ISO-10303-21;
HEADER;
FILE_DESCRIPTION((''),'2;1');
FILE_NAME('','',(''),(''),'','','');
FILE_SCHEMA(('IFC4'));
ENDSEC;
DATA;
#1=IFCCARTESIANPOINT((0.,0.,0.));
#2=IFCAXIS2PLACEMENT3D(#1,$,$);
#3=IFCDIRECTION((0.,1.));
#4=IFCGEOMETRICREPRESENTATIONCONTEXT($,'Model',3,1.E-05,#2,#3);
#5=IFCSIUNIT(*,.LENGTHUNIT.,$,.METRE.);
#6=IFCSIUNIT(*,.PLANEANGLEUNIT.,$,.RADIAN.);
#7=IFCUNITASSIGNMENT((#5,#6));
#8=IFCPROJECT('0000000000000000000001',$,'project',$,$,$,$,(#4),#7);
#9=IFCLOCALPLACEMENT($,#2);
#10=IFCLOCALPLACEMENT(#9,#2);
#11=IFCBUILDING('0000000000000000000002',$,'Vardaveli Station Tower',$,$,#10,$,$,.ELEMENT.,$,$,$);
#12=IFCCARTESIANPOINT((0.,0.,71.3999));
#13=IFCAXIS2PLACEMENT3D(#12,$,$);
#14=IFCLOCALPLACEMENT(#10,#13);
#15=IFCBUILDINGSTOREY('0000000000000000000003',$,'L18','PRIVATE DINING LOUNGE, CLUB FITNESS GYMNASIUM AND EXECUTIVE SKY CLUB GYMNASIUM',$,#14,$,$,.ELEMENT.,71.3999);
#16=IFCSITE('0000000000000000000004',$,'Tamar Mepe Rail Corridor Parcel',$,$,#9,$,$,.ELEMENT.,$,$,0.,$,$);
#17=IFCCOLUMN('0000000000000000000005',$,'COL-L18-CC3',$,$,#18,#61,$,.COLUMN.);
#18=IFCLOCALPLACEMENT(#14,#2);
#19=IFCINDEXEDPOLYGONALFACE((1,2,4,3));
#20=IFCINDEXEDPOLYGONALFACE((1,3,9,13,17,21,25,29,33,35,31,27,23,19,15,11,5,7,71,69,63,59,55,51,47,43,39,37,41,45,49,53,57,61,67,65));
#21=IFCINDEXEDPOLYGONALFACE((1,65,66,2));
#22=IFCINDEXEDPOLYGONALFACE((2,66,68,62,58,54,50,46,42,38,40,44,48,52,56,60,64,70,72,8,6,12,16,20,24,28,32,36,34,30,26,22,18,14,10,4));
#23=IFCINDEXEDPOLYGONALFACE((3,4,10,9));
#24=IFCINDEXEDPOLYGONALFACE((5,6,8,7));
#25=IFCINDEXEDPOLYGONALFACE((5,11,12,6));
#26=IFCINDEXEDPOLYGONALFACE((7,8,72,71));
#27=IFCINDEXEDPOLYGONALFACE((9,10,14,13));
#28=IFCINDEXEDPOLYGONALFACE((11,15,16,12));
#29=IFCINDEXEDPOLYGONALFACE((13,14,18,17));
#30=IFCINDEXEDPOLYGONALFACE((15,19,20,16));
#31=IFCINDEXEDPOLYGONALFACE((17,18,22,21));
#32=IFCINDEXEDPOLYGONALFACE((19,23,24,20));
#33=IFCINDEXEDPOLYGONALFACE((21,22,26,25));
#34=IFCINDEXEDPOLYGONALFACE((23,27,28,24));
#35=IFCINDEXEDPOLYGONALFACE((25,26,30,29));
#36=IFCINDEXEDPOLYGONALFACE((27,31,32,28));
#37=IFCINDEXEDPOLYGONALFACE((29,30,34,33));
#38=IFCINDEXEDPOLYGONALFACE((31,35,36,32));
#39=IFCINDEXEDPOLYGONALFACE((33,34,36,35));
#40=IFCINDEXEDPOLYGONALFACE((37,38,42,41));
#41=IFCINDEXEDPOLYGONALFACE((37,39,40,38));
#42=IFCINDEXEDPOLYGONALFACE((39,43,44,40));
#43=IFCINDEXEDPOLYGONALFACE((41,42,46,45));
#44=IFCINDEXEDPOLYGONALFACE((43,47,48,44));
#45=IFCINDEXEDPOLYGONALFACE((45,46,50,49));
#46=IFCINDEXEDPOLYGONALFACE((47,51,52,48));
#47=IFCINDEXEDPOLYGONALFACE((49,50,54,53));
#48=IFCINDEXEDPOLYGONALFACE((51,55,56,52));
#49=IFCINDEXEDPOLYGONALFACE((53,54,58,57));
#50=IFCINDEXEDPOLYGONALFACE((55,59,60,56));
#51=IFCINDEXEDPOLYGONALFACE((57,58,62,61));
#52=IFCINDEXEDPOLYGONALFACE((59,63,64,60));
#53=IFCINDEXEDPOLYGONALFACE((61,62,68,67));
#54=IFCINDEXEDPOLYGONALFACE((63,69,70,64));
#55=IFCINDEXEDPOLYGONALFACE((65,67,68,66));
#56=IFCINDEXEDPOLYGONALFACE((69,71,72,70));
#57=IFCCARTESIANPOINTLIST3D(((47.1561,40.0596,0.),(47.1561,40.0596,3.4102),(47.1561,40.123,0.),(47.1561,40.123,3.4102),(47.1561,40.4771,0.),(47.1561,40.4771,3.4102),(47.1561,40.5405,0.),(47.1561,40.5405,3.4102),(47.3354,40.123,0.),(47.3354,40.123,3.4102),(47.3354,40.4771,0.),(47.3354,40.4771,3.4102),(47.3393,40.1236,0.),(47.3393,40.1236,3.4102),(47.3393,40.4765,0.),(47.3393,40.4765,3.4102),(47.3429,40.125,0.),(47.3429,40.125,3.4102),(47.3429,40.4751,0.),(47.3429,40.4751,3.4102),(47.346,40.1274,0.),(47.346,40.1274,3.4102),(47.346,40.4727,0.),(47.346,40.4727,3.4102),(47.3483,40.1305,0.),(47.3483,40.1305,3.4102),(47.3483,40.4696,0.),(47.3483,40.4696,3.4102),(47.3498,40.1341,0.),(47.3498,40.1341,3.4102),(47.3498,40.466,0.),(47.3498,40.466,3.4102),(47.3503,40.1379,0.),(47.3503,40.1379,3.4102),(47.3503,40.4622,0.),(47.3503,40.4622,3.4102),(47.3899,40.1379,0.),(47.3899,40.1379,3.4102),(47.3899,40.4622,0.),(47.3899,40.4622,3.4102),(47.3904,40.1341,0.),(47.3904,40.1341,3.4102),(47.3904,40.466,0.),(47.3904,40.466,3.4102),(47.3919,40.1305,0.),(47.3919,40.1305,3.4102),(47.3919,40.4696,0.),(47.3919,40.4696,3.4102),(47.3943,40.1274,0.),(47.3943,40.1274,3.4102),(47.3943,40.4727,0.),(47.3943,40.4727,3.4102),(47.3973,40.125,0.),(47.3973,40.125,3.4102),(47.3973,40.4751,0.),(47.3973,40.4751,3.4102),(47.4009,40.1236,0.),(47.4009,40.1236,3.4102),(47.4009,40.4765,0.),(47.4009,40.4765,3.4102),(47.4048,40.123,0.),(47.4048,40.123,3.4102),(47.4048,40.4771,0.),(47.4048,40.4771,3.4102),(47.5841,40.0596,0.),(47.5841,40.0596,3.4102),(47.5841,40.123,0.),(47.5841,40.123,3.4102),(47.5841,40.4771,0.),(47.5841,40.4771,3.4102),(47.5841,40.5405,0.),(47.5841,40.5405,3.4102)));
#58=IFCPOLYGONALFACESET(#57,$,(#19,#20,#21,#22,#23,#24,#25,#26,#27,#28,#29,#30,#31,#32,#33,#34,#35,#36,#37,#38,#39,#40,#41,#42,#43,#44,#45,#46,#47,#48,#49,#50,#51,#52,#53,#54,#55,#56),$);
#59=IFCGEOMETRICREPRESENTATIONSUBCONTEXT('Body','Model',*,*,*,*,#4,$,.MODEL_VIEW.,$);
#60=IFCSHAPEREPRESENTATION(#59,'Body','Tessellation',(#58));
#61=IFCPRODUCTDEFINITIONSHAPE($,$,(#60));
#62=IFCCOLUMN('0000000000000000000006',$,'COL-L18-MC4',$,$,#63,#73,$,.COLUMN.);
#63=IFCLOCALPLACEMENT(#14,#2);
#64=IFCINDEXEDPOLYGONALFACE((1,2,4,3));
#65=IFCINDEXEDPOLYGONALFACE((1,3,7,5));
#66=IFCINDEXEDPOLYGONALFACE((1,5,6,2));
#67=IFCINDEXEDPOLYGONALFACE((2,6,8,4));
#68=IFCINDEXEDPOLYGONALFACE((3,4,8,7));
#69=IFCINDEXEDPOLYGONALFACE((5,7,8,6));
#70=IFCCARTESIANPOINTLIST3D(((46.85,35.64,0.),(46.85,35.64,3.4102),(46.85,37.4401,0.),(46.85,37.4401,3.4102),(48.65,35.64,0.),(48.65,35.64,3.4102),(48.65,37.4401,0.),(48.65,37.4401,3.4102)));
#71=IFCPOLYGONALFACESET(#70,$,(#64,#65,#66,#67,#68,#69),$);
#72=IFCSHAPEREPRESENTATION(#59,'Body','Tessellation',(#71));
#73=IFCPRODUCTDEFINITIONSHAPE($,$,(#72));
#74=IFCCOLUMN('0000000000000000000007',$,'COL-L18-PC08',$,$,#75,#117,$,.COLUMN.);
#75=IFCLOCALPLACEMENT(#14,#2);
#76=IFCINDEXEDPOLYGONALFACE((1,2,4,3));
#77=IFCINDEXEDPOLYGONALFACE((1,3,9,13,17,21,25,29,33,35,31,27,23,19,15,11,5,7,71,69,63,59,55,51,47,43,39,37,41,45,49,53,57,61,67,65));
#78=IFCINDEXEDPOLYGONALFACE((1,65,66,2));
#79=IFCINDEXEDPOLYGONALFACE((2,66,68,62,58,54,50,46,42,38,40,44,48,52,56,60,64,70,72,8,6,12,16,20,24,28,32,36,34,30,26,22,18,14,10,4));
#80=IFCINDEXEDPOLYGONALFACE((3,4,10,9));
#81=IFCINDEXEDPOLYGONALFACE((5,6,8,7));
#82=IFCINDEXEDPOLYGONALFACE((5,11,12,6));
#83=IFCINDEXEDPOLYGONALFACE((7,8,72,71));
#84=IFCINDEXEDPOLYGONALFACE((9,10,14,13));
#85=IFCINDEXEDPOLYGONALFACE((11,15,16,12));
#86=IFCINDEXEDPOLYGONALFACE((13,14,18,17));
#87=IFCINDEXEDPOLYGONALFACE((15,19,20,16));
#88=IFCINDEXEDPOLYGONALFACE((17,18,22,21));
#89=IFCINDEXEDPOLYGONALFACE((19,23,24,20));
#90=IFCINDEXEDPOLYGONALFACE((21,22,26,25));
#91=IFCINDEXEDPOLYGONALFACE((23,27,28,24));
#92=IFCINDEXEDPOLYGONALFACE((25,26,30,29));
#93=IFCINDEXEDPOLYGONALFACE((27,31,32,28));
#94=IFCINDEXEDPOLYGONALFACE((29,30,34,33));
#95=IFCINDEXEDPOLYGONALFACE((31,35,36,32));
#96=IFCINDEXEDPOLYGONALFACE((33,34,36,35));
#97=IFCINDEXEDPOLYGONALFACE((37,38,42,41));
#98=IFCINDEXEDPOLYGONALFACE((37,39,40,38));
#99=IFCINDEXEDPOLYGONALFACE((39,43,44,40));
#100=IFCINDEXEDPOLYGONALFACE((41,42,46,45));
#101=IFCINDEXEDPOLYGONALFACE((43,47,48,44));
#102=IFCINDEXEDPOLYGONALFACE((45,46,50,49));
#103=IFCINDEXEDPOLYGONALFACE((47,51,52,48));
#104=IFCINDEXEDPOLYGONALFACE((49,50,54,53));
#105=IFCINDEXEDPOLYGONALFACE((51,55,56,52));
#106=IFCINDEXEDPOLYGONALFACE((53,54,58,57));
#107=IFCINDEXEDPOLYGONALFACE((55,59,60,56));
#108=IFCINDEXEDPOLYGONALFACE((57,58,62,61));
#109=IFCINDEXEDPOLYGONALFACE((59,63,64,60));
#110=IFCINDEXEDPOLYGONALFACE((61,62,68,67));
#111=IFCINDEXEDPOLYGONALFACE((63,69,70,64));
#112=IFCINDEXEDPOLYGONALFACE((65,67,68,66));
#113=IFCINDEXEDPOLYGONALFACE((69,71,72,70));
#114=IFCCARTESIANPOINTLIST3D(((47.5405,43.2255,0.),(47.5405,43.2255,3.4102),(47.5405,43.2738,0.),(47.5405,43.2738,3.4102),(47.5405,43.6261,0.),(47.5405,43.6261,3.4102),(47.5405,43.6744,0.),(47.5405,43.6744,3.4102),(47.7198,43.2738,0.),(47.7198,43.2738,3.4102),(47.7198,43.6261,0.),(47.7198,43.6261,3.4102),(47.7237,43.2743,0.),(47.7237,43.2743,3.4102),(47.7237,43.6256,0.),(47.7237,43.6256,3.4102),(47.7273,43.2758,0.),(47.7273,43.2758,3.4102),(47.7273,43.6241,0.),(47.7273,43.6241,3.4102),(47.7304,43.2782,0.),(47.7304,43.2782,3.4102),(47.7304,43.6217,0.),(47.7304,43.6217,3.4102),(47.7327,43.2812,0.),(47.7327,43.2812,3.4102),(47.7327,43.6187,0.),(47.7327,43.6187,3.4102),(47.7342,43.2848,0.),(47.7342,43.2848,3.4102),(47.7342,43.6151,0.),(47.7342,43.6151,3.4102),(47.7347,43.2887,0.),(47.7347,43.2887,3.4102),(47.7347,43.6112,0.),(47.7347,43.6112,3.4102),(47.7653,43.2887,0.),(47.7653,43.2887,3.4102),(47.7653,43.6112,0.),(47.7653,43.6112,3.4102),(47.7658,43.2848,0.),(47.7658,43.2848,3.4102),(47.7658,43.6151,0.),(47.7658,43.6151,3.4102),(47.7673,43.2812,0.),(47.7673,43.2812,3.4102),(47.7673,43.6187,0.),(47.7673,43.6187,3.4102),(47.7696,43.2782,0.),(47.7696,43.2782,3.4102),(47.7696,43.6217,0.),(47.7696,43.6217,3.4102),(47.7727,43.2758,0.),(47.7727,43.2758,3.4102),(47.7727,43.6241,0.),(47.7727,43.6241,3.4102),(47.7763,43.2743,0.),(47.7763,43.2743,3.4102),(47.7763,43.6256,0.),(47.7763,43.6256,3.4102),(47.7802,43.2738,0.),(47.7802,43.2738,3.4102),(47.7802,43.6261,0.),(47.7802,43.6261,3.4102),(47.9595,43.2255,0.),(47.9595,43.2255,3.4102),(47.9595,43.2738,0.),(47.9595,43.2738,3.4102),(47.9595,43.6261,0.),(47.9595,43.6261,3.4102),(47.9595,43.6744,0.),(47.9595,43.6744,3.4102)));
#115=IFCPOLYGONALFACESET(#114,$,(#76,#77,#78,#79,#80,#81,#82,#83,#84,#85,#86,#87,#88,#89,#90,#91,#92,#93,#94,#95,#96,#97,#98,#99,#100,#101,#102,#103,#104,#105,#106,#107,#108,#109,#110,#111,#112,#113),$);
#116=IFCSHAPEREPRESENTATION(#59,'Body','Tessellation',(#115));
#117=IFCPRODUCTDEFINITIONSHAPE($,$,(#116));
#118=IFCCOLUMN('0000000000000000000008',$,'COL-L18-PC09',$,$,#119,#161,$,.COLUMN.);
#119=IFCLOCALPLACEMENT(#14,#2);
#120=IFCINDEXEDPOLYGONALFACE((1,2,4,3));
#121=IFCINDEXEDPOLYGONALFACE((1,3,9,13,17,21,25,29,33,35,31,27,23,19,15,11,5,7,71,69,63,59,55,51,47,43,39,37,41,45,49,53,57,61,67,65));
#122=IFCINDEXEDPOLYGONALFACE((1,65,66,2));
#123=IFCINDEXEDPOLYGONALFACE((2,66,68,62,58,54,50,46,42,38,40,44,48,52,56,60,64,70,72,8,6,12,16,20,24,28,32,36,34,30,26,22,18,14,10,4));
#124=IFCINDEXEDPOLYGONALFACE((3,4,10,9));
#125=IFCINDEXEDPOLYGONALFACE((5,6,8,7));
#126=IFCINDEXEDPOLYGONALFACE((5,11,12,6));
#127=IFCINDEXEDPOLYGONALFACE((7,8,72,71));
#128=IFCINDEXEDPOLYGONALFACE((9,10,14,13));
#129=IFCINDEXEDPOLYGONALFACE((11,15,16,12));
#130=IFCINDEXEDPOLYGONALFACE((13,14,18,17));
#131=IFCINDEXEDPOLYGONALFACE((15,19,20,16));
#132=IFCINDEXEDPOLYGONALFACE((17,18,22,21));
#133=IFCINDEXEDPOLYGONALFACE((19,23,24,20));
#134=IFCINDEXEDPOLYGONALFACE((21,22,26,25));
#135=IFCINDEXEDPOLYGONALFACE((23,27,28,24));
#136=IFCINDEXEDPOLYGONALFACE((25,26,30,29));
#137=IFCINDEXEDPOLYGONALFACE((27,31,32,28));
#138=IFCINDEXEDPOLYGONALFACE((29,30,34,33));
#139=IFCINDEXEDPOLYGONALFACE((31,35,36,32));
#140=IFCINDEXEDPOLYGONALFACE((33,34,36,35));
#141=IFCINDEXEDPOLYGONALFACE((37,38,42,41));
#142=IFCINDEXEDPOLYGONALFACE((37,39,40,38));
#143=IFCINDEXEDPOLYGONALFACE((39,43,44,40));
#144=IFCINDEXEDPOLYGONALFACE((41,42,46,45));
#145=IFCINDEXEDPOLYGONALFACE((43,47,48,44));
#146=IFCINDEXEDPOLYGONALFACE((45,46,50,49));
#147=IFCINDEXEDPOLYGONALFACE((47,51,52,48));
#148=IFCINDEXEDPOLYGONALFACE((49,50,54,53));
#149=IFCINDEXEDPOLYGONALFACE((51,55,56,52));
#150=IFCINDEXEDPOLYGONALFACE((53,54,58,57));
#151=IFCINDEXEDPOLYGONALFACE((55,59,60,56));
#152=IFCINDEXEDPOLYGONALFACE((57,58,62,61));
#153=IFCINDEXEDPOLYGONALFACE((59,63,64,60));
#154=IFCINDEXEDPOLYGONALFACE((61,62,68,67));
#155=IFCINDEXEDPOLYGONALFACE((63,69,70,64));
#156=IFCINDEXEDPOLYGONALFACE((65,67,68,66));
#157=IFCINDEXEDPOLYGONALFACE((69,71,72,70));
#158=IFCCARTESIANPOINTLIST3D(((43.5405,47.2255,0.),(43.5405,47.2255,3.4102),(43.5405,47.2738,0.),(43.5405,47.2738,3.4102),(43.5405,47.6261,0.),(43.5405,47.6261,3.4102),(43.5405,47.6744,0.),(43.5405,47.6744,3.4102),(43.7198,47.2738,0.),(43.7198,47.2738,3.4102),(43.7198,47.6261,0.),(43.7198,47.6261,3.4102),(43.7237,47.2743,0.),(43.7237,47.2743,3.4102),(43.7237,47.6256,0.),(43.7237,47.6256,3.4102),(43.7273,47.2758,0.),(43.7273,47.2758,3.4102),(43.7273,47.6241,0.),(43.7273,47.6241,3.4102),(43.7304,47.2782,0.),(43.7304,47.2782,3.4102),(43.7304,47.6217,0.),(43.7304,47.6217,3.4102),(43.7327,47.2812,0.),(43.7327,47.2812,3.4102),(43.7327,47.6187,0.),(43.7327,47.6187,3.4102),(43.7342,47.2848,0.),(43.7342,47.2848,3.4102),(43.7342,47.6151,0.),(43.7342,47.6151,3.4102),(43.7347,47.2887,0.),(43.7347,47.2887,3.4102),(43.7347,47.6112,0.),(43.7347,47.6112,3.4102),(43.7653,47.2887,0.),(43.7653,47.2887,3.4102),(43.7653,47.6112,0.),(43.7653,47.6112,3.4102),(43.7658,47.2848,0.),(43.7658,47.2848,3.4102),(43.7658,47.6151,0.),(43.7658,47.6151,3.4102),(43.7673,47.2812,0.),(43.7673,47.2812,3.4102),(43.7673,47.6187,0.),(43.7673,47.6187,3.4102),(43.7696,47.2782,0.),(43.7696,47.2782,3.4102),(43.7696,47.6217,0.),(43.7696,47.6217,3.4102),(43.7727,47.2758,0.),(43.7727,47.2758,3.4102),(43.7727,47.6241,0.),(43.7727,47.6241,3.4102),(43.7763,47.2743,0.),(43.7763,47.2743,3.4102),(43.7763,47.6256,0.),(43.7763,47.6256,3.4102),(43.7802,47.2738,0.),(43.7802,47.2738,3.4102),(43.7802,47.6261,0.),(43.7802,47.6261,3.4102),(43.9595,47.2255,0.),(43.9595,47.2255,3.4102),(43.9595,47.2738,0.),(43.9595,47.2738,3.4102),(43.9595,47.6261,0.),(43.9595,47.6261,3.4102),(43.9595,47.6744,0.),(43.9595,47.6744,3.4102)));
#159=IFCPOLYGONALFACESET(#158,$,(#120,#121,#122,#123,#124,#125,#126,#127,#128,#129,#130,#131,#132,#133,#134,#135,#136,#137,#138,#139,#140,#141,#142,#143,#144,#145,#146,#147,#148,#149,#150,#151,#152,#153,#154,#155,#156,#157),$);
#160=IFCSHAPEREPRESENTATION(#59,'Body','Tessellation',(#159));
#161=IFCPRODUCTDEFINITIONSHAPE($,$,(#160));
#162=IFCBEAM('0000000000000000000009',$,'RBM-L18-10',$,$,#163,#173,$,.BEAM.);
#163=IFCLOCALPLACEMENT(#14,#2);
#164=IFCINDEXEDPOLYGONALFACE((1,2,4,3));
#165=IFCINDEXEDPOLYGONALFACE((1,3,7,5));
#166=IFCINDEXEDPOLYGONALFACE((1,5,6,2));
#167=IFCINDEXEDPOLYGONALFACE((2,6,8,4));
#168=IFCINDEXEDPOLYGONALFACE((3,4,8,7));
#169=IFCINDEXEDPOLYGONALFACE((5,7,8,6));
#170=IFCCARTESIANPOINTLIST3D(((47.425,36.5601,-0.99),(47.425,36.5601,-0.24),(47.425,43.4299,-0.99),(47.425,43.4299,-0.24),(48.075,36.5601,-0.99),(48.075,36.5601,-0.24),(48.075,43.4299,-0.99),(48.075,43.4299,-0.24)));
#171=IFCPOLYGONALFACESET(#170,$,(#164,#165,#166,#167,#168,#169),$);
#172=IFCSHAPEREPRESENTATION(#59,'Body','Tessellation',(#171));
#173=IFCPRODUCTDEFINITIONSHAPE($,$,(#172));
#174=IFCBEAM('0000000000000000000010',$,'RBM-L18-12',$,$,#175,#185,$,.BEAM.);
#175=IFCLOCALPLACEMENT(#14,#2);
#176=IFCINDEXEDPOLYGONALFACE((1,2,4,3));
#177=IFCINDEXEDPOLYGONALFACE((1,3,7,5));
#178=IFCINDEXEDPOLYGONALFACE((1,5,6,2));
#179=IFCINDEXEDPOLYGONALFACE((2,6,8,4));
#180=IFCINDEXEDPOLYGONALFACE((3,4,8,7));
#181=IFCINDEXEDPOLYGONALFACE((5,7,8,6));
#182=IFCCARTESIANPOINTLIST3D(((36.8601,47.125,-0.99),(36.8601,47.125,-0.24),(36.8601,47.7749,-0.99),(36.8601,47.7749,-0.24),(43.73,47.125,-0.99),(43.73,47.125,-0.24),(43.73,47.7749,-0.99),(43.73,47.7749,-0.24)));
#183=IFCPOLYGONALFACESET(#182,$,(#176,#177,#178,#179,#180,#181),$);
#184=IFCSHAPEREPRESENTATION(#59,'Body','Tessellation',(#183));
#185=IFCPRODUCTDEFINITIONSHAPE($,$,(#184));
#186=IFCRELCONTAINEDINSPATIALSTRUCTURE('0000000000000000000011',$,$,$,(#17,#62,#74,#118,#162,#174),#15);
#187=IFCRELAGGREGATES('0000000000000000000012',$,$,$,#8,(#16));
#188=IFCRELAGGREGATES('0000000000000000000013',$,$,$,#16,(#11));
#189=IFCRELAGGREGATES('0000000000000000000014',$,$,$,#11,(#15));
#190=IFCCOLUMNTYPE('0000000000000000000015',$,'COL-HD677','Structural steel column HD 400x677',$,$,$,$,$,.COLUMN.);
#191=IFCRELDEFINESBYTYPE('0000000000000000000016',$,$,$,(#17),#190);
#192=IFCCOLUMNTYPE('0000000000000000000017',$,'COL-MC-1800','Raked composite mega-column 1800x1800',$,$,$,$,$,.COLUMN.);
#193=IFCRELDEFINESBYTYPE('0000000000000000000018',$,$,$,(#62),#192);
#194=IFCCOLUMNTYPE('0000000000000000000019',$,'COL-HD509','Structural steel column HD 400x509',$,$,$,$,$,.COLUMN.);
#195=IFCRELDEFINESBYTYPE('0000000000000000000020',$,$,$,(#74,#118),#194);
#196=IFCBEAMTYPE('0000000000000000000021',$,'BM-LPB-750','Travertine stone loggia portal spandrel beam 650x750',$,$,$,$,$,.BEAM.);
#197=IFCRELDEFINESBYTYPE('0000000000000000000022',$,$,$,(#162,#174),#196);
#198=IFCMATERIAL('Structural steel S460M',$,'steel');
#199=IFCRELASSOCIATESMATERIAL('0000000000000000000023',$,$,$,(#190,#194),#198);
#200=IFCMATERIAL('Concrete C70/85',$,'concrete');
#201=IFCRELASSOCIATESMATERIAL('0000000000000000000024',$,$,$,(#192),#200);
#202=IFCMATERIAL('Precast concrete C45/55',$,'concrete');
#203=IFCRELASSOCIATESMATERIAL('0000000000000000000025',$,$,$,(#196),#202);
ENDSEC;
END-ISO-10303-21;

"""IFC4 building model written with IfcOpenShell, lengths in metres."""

from ifc_helpers import new_model, si_unit, direction, frame, origin, origin_2d, place, context, subcontext, project, spatial, rectangle, i_section, extrude, source, transform, mapped, material, material_profile, profile_set, type_object, element, save


model = new_model("IFC4")

# Units and contexts
model_context = context("Model", 3, precision=1e-05, world=origin(), true_north=direction((0.0, 1.0)))
body_context = subcontext(model_context, "Body", "Model", "MODEL_VIEW")
ifc_project = project(units=[si_unit("LENGTHUNIT", "METRE"), si_unit("PLANEANGLEUNIT", "RADIAN")], contexts=[model_context])

# Site, building, storey
site_placement = place(None, origin())
site = spatial("IfcSite", under=ifc_project, at=site_placement, Name="Tamar Mepe Rail Corridor Parcel", CompositionType="ELEMENT", RefElevation=0.0)
building_placement = place(site_placement, origin())
building = spatial("IfcBuilding", under=site, at=building_placement, Name="Vardaveli Station Tower", CompositionType="ELEMENT")
storey_placement = place(building_placement, frame((0.0, 0.0, 71.3999)))
storey = spatial("IfcBuildingStorey", under=building, at=storey_placement, Name="L18", Description="PRIVATE DINING LOUNGE, CLUB FITNESS GYMNASIUM AND EXECUTIVE SKY CLUB GYMNASIUM", CompositionType="ELEMENT", Elevation=71.3999)

# Columns
ifc_material_1 = material(Name="Structural steel S460M", Category="steel")
ifc_material_profile_1 = material_profile(ifc_material_1, i_section(OverallWidth=0.428, OverallDepth=0.481, WebThickness=0.0396, FlangeThickness=0.0635, FilletRadius=0.0149, at=origin_2d()), Name="HD 400x677")
ifc_profile_set_1 = profile_set([ifc_material_profile_1], Name="Structural steel S460M")
column_type_1 = type_object("IfcColumnType", Name="COL-HD677", Description="Structural steel column HD 400x677", PredefinedType="COLUMN", material=ifc_profile_set_1)
shared_shape_1 = source(origin(), body_context, "Body", "SweptSolid", [
    extrude(i_section(OverallWidth=0.428, OverallDepth=0.481, WebThickness=0.0396, FlangeThickness=0.0635, FilletRadius=0.0149, at=origin_2d()), origin(), (0.0, 0.0, 1.0), 3.4102),
])
column_1_placement = place(storey_placement, frame((47.3701, 40.3, 0.0), z_axis=(0.0, 0.0, 1.0), x_axis=(1.0, 0.0, 0.0)))
element("IfcColumn", 1, at=column_1_placement, inside=storey, type_object=column_type_1, Name="COL-L18-CC3", PredefinedType="COLUMN", context=body_context, shape_type="MappedRepresentation", body=[
    mapped(shared_shape_1, transform((0.0, 0.0, 0.0), scale=1.0)),
])
ifc_material_2 = material(Name="Concrete C70/85", Category="concrete")
ifc_material_profile_2 = material_profile(ifc_material_2, rectangle(XDim=1.8, YDim=1.8, at=origin_2d()), Name="MC 1800x1800")
ifc_profile_set_2 = profile_set([ifc_material_profile_2], Name="Concrete C70/85")
column_type_2 = type_object("IfcColumnType", Name="COL-MC-1800", Description="Raked composite mega-column 1800x1800", PredefinedType="COLUMN", material=ifc_profile_set_2)
shared_shape_2 = source(origin(), body_context, "Body", "SweptSolid", [
    extrude(rectangle(XDim=1.8, YDim=1.8, at=origin_2d()), origin(), (0.0, 0.0, 1.0), 3.4102),
])
column_2_placement = place(storey_placement, frame((47.75, 36.54, 0.0), z_axis=(0.0, 0.0, 1.0), x_axis=(1.0, 0.0, 0.0)))
element("IfcColumn", 2, at=column_2_placement, inside=storey, type_object=column_type_2, Name="COL-L18-MC4", PredefinedType="COLUMN", context=body_context, shape_type="MappedRepresentation", body=[
    mapped(shared_shape_2, transform((0.0, 0.0, 0.0), scale=1.0)),
])
ifc_material_profile_3 = material_profile(ifc_material_1, i_section(OverallWidth=0.4189, OverallDepth=0.449, WebThickness=0.0305, FlangeThickness=0.0483, FilletRadius=0.0149, at=origin_2d()), Name="HD 400x509")
ifc_profile_set_3 = profile_set([ifc_material_profile_3], Name="Structural steel S460M")
column_type_3 = type_object("IfcColumnType", Name="COL-HD509", Description="Structural steel column HD 400x509", PredefinedType="COLUMN", material=ifc_profile_set_3)
shared_shape_3 = source(origin(), body_context, "Body", "SweptSolid", [
    extrude(i_section(OverallWidth=0.4189, OverallDepth=0.449, WebThickness=0.0305, FlangeThickness=0.0483, FilletRadius=0.0149, at=origin_2d()), origin(), (0.0, 0.0, 1.0), 3.4102),
])
for number, where, z_axis, x_axis, name in (
    (3, (47.75, 43.45, 0.0), (0.0, 0.0, 1.0), (1.0, 0.0, 0.0), "COL-L18-PC08"),
    (4, (43.75, 47.45, 0.0), (0.0, 0.0, 1.0), (1.0, 0.0, 0.0), "COL-L18-PC09"),
):
    element("IfcColumn", number, at=place(storey_placement, frame(where, z_axis=z_axis, x_axis=x_axis)), inside=storey, type_object=column_type_3, Name=name, PredefinedType="COLUMN", context=body_context, shape_type="MappedRepresentation", body=[
        mapped(shared_shape_3, transform((0.0, 0.0, 0.0), scale=1.0)),
    ])

# Beams
ifc_material_3 = material(Name="Precast concrete C45/55", Category="concrete")
ifc_material_profile_4 = material_profile(ifc_material_3, rectangle(XDim=0.6499, YDim=0.75, at=origin_2d()), Name="LPB 650x750")
ifc_profile_set_4 = profile_set([ifc_material_profile_4], Name="Precast concrete C45/55")
beam_type = type_object("IfcBeamType", Name="BM-LPB-750", Description="Travertine stone loggia portal spandrel beam 650x750", PredefinedType="BEAM", material=ifc_profile_set_4)
shared_shape_4 = source(origin(), body_context, "Body", "SweptSolid", [
    extrude(rectangle(XDim=0.6499, YDim=0.75, at=origin_2d()), origin(), (0.0, 0.0, 1.0), 6.8699),
])
for number, where, z_axis, x_axis, name in (
    (5, (47.75, 36.5601, -0.615), (0.0, 1.0, 0.0), (-1.0, 0.0, 0.0), "RBM-L18-10"),
    (6, (43.73, 47.45, -0.615), (-1.0, 0.0, 0.0), (0.0, -1.0, 0.0), "RBM-L18-12"),
):
    element("IfcBeam", number, at=place(storey_placement, frame(where, z_axis=z_axis, x_axis=x_axis)), inside=storey, type_object=beam_type, Name=name, PredefinedType="BEAM", context=body_context, shape_type="MappedRepresentation", body=[
        mapped(shared_shape_4, transform((0.0, 0.0, 0.0), scale=1.0)),
    ])

save(model, "model.ifc")
